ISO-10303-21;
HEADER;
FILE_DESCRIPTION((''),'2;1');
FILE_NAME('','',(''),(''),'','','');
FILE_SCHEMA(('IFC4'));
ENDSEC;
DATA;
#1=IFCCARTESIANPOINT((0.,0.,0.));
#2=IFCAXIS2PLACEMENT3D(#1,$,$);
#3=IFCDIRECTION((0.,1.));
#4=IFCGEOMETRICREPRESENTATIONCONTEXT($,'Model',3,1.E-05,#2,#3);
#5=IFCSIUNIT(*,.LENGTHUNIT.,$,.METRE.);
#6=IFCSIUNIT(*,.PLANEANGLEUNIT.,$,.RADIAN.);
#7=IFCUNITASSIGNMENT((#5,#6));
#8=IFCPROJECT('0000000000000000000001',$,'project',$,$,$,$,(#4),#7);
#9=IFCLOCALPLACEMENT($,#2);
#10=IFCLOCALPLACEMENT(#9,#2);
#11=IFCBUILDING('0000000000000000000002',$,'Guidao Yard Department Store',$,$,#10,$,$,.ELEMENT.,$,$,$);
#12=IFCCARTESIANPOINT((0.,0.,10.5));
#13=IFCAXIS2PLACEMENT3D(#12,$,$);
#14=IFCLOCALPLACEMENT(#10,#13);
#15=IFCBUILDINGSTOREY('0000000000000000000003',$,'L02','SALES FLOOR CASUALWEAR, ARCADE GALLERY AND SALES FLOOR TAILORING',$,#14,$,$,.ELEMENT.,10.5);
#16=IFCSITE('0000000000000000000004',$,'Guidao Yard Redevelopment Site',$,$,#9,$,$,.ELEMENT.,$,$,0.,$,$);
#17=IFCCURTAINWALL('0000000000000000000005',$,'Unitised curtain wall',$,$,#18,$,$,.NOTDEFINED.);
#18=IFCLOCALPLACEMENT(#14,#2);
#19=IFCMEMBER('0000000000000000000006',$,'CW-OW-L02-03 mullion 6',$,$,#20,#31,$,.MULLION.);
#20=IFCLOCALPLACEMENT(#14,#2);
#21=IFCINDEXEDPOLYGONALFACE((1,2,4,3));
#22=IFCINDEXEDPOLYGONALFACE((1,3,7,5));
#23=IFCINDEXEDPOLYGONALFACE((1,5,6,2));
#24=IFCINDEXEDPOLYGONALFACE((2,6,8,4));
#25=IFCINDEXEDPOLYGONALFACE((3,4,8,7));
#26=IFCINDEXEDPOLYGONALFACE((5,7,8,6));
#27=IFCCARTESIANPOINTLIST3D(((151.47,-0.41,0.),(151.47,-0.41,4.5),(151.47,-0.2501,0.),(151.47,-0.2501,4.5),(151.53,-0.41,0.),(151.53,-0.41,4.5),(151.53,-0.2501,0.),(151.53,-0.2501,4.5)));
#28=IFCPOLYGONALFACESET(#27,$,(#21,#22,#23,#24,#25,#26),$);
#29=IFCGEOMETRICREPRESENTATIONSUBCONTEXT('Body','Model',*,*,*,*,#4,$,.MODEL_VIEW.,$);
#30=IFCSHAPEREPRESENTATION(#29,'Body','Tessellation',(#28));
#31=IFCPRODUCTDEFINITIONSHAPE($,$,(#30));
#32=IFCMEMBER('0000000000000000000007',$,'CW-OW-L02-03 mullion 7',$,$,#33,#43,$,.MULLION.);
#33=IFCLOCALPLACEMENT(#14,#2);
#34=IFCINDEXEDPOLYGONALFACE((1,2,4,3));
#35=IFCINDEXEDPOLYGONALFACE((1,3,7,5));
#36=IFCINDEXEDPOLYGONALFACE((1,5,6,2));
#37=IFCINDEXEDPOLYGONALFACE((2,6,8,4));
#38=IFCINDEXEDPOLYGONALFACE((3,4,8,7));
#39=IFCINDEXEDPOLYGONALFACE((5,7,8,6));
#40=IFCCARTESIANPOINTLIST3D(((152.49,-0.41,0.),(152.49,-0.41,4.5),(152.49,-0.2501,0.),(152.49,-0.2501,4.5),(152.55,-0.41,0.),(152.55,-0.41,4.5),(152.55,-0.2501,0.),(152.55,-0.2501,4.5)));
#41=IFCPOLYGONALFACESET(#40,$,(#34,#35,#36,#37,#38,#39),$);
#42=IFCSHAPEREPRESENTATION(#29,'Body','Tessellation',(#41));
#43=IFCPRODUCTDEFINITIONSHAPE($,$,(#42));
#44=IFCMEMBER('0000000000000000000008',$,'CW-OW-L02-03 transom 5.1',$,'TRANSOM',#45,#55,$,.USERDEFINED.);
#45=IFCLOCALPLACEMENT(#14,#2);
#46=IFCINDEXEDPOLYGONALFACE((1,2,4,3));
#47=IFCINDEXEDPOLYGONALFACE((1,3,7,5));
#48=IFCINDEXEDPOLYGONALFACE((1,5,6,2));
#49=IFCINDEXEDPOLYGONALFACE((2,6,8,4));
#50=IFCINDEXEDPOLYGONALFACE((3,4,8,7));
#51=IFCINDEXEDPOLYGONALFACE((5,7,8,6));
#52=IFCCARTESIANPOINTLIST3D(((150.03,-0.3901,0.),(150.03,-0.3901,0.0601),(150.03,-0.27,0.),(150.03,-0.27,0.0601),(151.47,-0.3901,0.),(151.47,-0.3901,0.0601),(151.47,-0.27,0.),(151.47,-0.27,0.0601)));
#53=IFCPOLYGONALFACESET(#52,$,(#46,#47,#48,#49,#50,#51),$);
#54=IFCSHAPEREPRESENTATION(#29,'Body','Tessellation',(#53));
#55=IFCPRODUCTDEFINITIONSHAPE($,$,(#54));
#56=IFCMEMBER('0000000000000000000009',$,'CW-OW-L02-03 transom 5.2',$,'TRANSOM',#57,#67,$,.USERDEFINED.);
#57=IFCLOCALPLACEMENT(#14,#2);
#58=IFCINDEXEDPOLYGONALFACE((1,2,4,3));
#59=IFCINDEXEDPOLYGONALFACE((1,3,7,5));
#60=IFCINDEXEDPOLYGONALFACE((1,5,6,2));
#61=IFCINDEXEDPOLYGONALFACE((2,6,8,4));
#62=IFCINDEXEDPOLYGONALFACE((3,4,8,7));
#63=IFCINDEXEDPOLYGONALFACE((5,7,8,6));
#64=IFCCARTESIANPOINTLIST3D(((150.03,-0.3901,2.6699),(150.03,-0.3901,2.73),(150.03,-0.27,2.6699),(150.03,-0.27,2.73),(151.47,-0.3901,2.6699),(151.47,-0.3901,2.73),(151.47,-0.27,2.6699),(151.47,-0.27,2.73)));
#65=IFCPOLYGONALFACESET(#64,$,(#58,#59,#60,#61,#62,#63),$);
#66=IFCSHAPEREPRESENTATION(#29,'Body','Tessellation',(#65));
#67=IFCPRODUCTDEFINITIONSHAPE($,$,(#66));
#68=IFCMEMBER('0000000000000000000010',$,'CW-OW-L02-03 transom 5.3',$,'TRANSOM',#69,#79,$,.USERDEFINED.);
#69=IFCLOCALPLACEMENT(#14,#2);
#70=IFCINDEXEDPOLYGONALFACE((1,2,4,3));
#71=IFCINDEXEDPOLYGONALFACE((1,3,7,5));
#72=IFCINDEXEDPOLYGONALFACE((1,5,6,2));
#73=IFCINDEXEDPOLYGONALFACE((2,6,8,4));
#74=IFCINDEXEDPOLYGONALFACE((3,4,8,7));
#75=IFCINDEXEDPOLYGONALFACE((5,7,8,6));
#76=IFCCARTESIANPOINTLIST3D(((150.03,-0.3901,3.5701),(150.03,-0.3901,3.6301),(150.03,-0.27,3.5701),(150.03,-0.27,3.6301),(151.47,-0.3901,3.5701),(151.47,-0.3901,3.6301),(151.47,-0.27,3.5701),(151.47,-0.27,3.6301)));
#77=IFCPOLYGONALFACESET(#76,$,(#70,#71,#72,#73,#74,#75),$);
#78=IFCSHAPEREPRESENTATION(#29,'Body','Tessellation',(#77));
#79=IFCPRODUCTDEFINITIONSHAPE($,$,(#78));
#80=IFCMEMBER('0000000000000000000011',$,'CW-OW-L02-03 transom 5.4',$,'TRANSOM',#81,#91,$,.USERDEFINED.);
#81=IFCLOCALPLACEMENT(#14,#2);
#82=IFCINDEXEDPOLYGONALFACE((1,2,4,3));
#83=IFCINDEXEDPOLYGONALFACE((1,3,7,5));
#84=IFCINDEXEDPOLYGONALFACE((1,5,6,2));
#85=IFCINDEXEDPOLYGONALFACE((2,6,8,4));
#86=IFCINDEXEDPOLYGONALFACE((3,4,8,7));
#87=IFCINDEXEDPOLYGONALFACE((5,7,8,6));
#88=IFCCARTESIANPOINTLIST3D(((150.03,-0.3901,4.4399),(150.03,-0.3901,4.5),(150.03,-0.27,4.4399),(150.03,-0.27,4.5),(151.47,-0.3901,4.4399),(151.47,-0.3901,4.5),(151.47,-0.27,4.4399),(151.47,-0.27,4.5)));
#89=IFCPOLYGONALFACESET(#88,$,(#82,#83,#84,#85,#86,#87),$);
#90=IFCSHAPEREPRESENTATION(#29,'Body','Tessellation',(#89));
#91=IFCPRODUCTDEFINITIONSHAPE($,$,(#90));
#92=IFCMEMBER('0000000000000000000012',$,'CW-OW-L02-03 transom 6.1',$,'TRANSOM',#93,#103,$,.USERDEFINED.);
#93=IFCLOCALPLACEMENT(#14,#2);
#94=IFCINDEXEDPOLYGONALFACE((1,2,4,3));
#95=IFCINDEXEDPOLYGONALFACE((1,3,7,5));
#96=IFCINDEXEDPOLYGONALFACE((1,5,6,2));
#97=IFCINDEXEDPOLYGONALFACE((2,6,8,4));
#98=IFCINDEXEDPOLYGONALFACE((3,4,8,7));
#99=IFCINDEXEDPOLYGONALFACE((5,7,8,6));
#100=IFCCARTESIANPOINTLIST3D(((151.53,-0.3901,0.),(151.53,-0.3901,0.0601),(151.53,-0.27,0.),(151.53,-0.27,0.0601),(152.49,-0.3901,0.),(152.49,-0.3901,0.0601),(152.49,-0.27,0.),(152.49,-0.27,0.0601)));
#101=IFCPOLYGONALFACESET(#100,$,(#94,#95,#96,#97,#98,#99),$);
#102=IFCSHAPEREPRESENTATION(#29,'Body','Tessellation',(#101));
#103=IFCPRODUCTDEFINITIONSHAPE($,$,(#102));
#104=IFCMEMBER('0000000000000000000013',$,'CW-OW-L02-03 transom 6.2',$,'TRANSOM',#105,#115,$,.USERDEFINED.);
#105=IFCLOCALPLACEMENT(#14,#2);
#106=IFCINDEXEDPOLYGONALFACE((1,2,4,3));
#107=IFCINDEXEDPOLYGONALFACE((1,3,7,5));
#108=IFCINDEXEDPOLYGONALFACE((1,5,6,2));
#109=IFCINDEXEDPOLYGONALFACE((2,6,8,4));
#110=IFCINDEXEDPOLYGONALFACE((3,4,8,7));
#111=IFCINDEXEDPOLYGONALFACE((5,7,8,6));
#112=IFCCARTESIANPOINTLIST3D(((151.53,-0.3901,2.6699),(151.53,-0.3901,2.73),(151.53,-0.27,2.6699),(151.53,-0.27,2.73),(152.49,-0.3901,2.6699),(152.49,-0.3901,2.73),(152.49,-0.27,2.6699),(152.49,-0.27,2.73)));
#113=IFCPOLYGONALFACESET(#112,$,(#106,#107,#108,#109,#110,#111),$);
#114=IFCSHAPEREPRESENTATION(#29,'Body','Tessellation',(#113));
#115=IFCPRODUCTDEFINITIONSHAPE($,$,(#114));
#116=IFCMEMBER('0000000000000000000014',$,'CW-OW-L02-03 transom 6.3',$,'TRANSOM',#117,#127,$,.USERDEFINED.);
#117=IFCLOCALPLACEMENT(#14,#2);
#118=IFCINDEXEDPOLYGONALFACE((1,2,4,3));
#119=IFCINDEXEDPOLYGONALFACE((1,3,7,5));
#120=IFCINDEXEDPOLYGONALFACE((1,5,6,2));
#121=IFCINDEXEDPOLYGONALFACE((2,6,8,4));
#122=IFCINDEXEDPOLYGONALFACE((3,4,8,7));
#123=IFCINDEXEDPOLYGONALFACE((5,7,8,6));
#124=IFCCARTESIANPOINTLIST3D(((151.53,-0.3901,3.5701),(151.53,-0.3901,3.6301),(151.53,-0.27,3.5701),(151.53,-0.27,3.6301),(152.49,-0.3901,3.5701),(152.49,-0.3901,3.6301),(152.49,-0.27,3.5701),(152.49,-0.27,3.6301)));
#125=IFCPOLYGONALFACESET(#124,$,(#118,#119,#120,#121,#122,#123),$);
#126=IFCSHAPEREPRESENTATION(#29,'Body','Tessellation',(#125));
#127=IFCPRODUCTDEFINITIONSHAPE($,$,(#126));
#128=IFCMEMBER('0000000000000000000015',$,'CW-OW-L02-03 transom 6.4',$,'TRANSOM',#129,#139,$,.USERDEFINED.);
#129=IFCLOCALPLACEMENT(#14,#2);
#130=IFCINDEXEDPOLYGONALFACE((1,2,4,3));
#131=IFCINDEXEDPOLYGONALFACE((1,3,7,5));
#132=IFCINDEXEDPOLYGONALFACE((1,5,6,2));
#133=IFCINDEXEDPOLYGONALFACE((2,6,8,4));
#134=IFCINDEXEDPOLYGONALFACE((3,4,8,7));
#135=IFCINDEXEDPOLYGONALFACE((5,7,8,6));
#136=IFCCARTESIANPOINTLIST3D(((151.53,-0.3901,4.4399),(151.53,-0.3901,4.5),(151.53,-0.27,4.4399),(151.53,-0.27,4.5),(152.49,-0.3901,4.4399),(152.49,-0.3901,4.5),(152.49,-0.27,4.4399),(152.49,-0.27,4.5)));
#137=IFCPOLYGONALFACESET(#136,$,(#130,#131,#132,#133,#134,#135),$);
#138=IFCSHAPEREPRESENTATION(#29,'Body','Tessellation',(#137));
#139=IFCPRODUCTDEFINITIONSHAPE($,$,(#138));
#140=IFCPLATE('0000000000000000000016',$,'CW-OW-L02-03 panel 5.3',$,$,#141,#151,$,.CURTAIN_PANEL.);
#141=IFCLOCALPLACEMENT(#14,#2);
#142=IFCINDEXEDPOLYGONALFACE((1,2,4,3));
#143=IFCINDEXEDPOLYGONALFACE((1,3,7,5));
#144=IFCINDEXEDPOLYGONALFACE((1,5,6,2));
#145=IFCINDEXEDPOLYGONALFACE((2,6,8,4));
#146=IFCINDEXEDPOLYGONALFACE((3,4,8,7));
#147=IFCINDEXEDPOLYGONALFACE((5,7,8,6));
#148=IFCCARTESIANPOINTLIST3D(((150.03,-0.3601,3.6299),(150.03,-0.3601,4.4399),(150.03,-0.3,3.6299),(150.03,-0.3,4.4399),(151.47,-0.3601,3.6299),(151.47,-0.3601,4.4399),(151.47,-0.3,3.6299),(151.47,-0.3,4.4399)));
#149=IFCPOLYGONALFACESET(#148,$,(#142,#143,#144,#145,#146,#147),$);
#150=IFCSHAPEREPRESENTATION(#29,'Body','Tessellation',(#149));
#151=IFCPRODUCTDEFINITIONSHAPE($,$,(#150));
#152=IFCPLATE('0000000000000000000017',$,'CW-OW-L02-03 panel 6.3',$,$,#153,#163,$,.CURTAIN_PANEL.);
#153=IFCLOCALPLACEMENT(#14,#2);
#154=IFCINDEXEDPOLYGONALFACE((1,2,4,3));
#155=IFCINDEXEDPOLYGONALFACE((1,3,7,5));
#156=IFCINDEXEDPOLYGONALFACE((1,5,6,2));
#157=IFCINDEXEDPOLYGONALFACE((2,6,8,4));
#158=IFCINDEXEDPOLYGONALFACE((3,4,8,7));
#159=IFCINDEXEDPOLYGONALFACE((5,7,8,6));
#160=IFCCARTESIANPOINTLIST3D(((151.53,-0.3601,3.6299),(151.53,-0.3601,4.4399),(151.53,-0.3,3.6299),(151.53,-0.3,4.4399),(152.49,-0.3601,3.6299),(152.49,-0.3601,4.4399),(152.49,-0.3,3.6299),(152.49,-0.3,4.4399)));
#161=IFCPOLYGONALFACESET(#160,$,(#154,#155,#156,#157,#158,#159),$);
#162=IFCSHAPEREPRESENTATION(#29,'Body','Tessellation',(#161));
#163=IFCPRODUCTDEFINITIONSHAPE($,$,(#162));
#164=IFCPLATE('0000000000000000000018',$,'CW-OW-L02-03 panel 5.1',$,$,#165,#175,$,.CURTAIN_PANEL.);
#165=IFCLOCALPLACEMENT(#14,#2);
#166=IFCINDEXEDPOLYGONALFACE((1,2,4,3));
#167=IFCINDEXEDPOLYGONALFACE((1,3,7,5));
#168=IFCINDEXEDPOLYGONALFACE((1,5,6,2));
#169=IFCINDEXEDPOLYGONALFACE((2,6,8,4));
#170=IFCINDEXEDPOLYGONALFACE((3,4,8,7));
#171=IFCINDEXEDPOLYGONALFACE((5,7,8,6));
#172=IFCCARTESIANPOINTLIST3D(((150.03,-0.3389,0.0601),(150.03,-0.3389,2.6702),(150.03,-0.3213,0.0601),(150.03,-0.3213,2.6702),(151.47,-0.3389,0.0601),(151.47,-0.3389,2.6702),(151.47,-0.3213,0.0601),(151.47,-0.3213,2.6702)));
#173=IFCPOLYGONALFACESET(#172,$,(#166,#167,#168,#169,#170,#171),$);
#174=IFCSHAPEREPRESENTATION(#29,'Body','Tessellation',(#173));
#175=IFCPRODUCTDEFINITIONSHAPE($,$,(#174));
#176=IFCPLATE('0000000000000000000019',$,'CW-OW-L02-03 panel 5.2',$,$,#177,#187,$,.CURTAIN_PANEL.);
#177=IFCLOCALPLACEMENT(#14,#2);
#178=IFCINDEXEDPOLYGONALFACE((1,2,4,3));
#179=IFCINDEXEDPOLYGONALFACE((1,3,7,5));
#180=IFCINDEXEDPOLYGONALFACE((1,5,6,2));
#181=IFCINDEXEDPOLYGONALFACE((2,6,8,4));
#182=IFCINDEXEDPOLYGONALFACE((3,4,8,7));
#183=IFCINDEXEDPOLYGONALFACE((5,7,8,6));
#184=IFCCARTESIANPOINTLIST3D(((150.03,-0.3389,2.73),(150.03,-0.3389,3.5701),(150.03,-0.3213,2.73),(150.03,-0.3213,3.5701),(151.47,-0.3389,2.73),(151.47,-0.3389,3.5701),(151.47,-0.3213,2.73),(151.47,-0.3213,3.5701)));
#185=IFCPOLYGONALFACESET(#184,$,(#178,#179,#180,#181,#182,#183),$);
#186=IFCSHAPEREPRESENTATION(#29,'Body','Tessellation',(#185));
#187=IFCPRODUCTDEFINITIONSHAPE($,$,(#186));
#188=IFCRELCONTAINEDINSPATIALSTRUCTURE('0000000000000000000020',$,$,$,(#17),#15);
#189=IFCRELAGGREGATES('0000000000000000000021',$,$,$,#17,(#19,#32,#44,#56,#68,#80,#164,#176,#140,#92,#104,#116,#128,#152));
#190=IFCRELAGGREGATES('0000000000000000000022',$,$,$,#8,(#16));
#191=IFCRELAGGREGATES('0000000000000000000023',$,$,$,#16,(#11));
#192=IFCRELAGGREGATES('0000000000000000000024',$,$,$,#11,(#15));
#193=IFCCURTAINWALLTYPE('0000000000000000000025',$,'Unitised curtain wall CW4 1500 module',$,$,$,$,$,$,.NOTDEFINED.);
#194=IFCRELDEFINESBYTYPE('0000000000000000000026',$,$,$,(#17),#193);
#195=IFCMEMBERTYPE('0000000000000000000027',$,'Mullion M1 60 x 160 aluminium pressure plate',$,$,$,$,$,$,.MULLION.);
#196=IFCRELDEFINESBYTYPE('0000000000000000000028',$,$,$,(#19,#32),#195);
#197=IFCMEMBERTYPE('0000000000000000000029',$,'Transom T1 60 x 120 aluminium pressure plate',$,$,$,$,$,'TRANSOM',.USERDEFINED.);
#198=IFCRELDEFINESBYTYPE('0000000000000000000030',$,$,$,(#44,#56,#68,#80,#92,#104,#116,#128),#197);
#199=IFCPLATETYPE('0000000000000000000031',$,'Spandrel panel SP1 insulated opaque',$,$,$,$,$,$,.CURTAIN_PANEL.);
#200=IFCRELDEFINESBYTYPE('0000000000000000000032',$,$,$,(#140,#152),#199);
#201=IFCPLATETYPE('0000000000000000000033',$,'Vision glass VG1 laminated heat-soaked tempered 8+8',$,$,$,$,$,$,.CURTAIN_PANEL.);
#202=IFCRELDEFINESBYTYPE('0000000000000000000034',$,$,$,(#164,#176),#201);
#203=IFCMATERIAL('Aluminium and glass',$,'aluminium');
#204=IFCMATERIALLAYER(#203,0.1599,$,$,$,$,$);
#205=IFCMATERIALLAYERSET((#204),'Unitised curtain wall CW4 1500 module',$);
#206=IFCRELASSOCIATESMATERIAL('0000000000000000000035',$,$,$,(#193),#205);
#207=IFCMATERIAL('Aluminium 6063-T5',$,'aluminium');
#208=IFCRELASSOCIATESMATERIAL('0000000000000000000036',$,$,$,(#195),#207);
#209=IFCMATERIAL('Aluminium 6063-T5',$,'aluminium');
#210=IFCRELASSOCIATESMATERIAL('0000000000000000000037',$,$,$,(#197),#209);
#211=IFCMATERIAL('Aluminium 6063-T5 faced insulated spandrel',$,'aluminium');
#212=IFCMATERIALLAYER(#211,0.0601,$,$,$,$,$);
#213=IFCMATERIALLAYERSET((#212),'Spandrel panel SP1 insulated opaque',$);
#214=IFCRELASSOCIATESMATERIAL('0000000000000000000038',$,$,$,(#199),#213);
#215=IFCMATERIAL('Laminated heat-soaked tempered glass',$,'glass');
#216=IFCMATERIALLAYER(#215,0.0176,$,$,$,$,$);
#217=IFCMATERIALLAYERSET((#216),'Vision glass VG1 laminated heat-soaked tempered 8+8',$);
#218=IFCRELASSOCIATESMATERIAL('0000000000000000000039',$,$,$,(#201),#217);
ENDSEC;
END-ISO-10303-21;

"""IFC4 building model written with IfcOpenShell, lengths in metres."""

from ifc_helpers import new_model, si_unit, direction, frame, origin, origin_2d, place, context, subcontext, project, spatial, rectangle, extrude, material, layer, layer_set, material_profile, profile_set, type_object, element, aggregate, save


model = new_model("IFC4")

# Units and contexts
model_context = context("Model", 3, precision=1e-05, world=origin(), true_north=direction((0.0, 1.0)))
body_context = subcontext(model_context, "Body", "Model", "MODEL_VIEW")
ifc_project = project(units=[si_unit("LENGTHUNIT", "METRE"), si_unit("PLANEANGLEUNIT", "RADIAN")], contexts=[model_context])

# Site, building, storey
site_placement = place(None, origin())
site = spatial("IfcSite", under=ifc_project, at=site_placement, Name="Guidao Yard Redevelopment Site", CompositionType="ELEMENT", RefElevation=0.0)
building_placement = place(site_placement, origin())
building = spatial("IfcBuilding", under=site, at=building_placement, Name="Guidao Yard Department Store", CompositionType="ELEMENT")
storey_placement = place(building_placement, frame((0.0, 0.0, 10.5)))
storey = spatial("IfcBuildingStorey", under=building, at=storey_placement, Name="L02", Description="SALES FLOOR CASUALWEAR, ARCADE GALLERY AND SALES FLOOR TAILORING", CompositionType="ELEMENT", Elevation=10.5)

# Curtain wall, members, plates
ifc_material_1 = material(Name="Aluminium and glass", Category="aluminium")
ifc_layer_1 = layer(ifc_material_1, 0.1599)
ifc_layer_set_1 = layer_set([ifc_layer_1], Name="Unitised curtain wall CW4 1500 module")
curtain_wall_type = type_object("IfcCurtainWallType", Name="Unitised curtain wall CW4 1500 module", PredefinedType="NOTDEFINED", material=ifc_layer_set_1)
curtain_wall_placement = place(storey_placement, origin())
curtain_wall = element("IfcCurtainWall", 1, at=curtain_wall_placement, inside=storey, type_object=curtain_wall_type, Name="Unitised curtain wall", PredefinedType="NOTDEFINED")
ifc_material_2 = material(Name="Aluminium 6063-T5", Category="aluminium")
ifc_material_profile_1 = material_profile(ifc_material_2, rectangle(XDim=0.0601, YDim=0.1599, at=origin_2d()), Name="Mullion M1 60 x 160 aluminium pressure plate")
ifc_profile_set_1 = profile_set([ifc_material_profile_1], Name="Aluminium 6063-T5")
member_type_1 = type_object("IfcMemberType", Name="Mullion M1 60 x 160 aluminium pressure plate", PredefinedType="MULLION", material=ifc_profile_set_1)
member_1_placement = place(storey_placement, frame((151.5, -0.3301, 0.0), z_axis=(0.0, 0.0, 1.0), x_axis=(-1.0, 0.0, 0.0)))
member_1 = element("IfcMember", 2, at=member_1_placement, type_object=member_type_1, Name="CW-OW-L02-03 mullion 6", PredefinedType="MULLION", context=body_context, shape_type="SweptSolid", body=[
    extrude(rectangle(XDim=0.0601, YDim=0.1599, at=origin_2d()), origin(), (0.0, 0.0, 1.0), 4.5),
])
member_2_placement = place(storey_placement, frame((152.52, -0.3301, 0.0), z_axis=(0.0, 0.0, 1.0), x_axis=(-1.0, 0.0, 0.0)))
member_2 = element("IfcMember", 3, at=member_2_placement, type_object=member_type_1, Name="CW-OW-L02-03 mullion 7", PredefinedType="MULLION", context=body_context, shape_type="SweptSolid", body=[
    extrude(rectangle(XDim=0.0601, YDim=0.1599, at=origin_2d()), origin(), (0.0, 0.0, 1.0), 4.5),
])
ifc_material_3 = material(Name="Aluminium 6063-T5", Category="aluminium")
ifc_material_profile_2 = material_profile(ifc_material_3, rectangle(XDim=0.1201, YDim=0.0601, at=origin_2d()), Name="Transom T1 60 x 120 aluminium pressure plate")
ifc_profile_set_2 = profile_set([ifc_material_profile_2], Name="Aluminium 6063-T5")
member_type_2 = type_object("IfcMemberType", Name="Transom T1 60 x 120 aluminium pressure plate", ElementType="TRANSOM", PredefinedType="USERDEFINED", material=ifc_profile_set_2)
member_3_placement = place(storey_placement, frame((151.47, -0.3301, 0.03), z_axis=(-1.0, 0.0, 0.0), x_axis=(0.0, -1.0, 0.0)))
member_3 = element("IfcMember", 4, at=member_3_placement, type_object=member_type_2, Name="CW-OW-L02-03 transom 5.1", ObjectType="TRANSOM", PredefinedType="USERDEFINED", context=body_context, shape_type="SweptSolid", body=[
    extrude(rectangle(XDim=0.1201, YDim=0.0601, at=origin_2d()), origin(), (0.0, 0.0, 1.0), 1.4399),
])
member_4_placement = place(storey_placement, frame((151.47, -0.3301, 2.7), z_axis=(-1.0, 0.0, 0.0), x_axis=(0.0, -1.0, 0.0)))
member_4 = element("IfcMember", 5, at=member_4_placement, type_object=member_type_2, Name="CW-OW-L02-03 transom 5.2", ObjectType="TRANSOM", PredefinedType="USERDEFINED", context=body_context, shape_type="SweptSolid", body=[
    extrude(rectangle(XDim=0.1201, YDim=0.0601, at=origin_2d()), origin(), (0.0, 0.0, 1.0), 1.4399),
])
member_5_placement = place(storey_placement, frame((151.47, -0.3301, 3.6001), z_axis=(-1.0, 0.0, 0.0), x_axis=(0.0, -1.0, 0.0)))
member_5 = element("IfcMember", 6, at=member_5_placement, type_object=member_type_2, Name="CW-OW-L02-03 transom 5.3", ObjectType="TRANSOM", PredefinedType="USERDEFINED", context=body_context, shape_type="SweptSolid", body=[
    extrude(rectangle(XDim=0.1201, YDim=0.0601, at=origin_2d()), origin(), (0.0, 0.0, 1.0), 1.4399),
])
member_6_placement = place(storey_placement, frame((151.47, -0.3301, 4.47), z_axis=(-1.0, 0.0, 0.0), x_axis=(0.0, -1.0, 0.0)))
member_6 = element("IfcMember", 7, at=member_6_placement, type_object=member_type_2, Name="CW-OW-L02-03 transom 5.4", ObjectType="TRANSOM", PredefinedType="USERDEFINED", context=body_context, shape_type="SweptSolid", body=[
    extrude(rectangle(XDim=0.1201, YDim=0.0601, at=origin_2d()), origin(), (0.0, 0.0, 1.0), 1.4399),
])
member_7_placement = place(storey_placement, frame((152.49, -0.3301, 0.03), z_axis=(-1.0, 0.0, 0.0), x_axis=(0.0, -1.0, 0.0)))
member_7 = element("IfcMember", 8, at=member_7_placement, type_object=member_type_2, Name="CW-OW-L02-03 transom 6.1", ObjectType="TRANSOM", PredefinedType="USERDEFINED", context=body_context, shape_type="SweptSolid", body=[
    extrude(rectangle(XDim=0.1201, YDim=0.0601, at=origin_2d()), origin(), (0.0, 0.0, 1.0), 0.96),
])
member_8_placement = place(storey_placement, frame((152.49, -0.3301, 2.7), z_axis=(-1.0, 0.0, 0.0), x_axis=(0.0, -1.0, 0.0)))
member_8 = element("IfcMember", 9, at=member_8_placement, type_object=member_type_2, Name="CW-OW-L02-03 transom 6.2", ObjectType="TRANSOM", PredefinedType="USERDEFINED", context=body_context, shape_type="SweptSolid", body=[
    extrude(rectangle(XDim=0.1201, YDim=0.0601, at=origin_2d()), origin(), (0.0, 0.0, 1.0), 0.96),
])
member_9_placement = place(storey_placement, frame((152.49, -0.3301, 3.6001), z_axis=(-1.0, 0.0, 0.0), x_axis=(0.0, -1.0, 0.0)))
member_9 = element("IfcMember", 10, at=member_9_placement, type_object=member_type_2, Name="CW-OW-L02-03 transom 6.3", ObjectType="TRANSOM", PredefinedType="USERDEFINED", context=body_context, shape_type="SweptSolid", body=[
    extrude(rectangle(XDim=0.1201, YDim=0.0601, at=origin_2d()), origin(), (0.0, 0.0, 1.0), 0.96),
])
member_10_placement = place(storey_placement, frame((152.49, -0.3301, 4.47), z_axis=(-1.0, 0.0, 0.0), x_axis=(0.0, -1.0, 0.0)))
member_10 = element("IfcMember", 11, at=member_10_placement, type_object=member_type_2, Name="CW-OW-L02-03 transom 6.4", ObjectType="TRANSOM", PredefinedType="USERDEFINED", context=body_context, shape_type="SweptSolid", body=[
    extrude(rectangle(XDim=0.1201, YDim=0.0601, at=origin_2d()), origin(), (0.0, 0.0, 1.0), 0.96),
])
ifc_material_4 = material(Name="Aluminium 6063-T5 faced insulated spandrel", Category="aluminium")
ifc_layer_2 = layer(ifc_material_4, 0.0601)
ifc_layer_set_2 = layer_set([ifc_layer_2], Name="Spandrel panel SP1 insulated opaque")
plate_type_1 = type_object("IfcPlateType", Name="Spandrel panel SP1 insulated opaque", PredefinedType="CURTAIN_PANEL", material=ifc_layer_set_2)
plate_1_placement = place(storey_placement, frame((150.75, -0.3301, 3.6299), z_axis=(0.0, 0.0, 1.0), x_axis=(-1.0, 0.0, 0.0)))
plate_1 = element("IfcPlate", 12, at=plate_1_placement, type_object=plate_type_1, Name="CW-OW-L02-03 panel 5.3", PredefinedType="CURTAIN_PANEL", context=body_context, shape_type="SweptSolid", body=[
    extrude(rectangle(XDim=1.4399, YDim=0.0601, at=origin_2d()), origin(), (0.0, 0.0, 1.0), 0.8101),
])
plate_2_placement = place(storey_placement, frame((152.01, -0.3301, 3.6299), z_axis=(0.0, 0.0, 1.0), x_axis=(-1.0, 0.0, 0.0)))
plate_2 = element("IfcPlate", 13, at=plate_2_placement, type_object=plate_type_1, Name="CW-OW-L02-03 panel 6.3", PredefinedType="CURTAIN_PANEL", context=body_context, shape_type="SweptSolid", body=[
    extrude(rectangle(XDim=0.96, YDim=0.0601, at=origin_2d()), origin(), (0.0, 0.0, 1.0), 0.8101),
])
ifc_material_5 = material(Name="Laminated heat-soaked tempered glass", Category="glass")
ifc_layer_3 = layer(ifc_material_5, 0.0176)
ifc_layer_set_3 = layer_set([ifc_layer_3], Name="Vision glass VG1 laminated heat-soaked tempered 8+8")
plate_type_2 = type_object("IfcPlateType", Name="Vision glass VG1 laminated heat-soaked tempered 8+8", PredefinedType="CURTAIN_PANEL", material=ifc_layer_set_3)
plate_3_placement = place(storey_placement, frame((150.75, -0.3301, 0.0601), z_axis=(0.0, 0.0, 1.0), x_axis=(-1.0, 0.0, 0.0)))
plate_3 = element("IfcPlate", 14, at=plate_3_placement, type_object=plate_type_2, Name="CW-OW-L02-03 panel 5.1", PredefinedType="CURTAIN_PANEL", context=body_context, shape_type="SweptSolid", body=[
    extrude(rectangle(XDim=1.4399, YDim=0.0176, at=origin_2d()), origin(), (0.0, 0.0, 1.0), 2.6101),
])
plate_4_placement = place(storey_placement, frame((150.75, -0.3301, 2.73), z_axis=(0.0, 0.0, 1.0), x_axis=(-1.0, 0.0, 0.0)))
plate_4 = element("IfcPlate", 15, at=plate_4_placement, type_object=plate_type_2, Name="CW-OW-L02-03 panel 5.2", PredefinedType="CURTAIN_PANEL", context=body_context, shape_type="SweptSolid", body=[
    extrude(rectangle(XDim=1.4399, YDim=0.0176, at=origin_2d()), origin(), (0.0, 0.0, 1.0), 0.8401),
])
aggregate(curtain_wall, [member_1, member_2, member_3, member_4, member_5, member_6, plate_3, plate_4, plate_1, member_7, member_8, member_9, member_10, plate_2])

save(model, "model.ifc")
